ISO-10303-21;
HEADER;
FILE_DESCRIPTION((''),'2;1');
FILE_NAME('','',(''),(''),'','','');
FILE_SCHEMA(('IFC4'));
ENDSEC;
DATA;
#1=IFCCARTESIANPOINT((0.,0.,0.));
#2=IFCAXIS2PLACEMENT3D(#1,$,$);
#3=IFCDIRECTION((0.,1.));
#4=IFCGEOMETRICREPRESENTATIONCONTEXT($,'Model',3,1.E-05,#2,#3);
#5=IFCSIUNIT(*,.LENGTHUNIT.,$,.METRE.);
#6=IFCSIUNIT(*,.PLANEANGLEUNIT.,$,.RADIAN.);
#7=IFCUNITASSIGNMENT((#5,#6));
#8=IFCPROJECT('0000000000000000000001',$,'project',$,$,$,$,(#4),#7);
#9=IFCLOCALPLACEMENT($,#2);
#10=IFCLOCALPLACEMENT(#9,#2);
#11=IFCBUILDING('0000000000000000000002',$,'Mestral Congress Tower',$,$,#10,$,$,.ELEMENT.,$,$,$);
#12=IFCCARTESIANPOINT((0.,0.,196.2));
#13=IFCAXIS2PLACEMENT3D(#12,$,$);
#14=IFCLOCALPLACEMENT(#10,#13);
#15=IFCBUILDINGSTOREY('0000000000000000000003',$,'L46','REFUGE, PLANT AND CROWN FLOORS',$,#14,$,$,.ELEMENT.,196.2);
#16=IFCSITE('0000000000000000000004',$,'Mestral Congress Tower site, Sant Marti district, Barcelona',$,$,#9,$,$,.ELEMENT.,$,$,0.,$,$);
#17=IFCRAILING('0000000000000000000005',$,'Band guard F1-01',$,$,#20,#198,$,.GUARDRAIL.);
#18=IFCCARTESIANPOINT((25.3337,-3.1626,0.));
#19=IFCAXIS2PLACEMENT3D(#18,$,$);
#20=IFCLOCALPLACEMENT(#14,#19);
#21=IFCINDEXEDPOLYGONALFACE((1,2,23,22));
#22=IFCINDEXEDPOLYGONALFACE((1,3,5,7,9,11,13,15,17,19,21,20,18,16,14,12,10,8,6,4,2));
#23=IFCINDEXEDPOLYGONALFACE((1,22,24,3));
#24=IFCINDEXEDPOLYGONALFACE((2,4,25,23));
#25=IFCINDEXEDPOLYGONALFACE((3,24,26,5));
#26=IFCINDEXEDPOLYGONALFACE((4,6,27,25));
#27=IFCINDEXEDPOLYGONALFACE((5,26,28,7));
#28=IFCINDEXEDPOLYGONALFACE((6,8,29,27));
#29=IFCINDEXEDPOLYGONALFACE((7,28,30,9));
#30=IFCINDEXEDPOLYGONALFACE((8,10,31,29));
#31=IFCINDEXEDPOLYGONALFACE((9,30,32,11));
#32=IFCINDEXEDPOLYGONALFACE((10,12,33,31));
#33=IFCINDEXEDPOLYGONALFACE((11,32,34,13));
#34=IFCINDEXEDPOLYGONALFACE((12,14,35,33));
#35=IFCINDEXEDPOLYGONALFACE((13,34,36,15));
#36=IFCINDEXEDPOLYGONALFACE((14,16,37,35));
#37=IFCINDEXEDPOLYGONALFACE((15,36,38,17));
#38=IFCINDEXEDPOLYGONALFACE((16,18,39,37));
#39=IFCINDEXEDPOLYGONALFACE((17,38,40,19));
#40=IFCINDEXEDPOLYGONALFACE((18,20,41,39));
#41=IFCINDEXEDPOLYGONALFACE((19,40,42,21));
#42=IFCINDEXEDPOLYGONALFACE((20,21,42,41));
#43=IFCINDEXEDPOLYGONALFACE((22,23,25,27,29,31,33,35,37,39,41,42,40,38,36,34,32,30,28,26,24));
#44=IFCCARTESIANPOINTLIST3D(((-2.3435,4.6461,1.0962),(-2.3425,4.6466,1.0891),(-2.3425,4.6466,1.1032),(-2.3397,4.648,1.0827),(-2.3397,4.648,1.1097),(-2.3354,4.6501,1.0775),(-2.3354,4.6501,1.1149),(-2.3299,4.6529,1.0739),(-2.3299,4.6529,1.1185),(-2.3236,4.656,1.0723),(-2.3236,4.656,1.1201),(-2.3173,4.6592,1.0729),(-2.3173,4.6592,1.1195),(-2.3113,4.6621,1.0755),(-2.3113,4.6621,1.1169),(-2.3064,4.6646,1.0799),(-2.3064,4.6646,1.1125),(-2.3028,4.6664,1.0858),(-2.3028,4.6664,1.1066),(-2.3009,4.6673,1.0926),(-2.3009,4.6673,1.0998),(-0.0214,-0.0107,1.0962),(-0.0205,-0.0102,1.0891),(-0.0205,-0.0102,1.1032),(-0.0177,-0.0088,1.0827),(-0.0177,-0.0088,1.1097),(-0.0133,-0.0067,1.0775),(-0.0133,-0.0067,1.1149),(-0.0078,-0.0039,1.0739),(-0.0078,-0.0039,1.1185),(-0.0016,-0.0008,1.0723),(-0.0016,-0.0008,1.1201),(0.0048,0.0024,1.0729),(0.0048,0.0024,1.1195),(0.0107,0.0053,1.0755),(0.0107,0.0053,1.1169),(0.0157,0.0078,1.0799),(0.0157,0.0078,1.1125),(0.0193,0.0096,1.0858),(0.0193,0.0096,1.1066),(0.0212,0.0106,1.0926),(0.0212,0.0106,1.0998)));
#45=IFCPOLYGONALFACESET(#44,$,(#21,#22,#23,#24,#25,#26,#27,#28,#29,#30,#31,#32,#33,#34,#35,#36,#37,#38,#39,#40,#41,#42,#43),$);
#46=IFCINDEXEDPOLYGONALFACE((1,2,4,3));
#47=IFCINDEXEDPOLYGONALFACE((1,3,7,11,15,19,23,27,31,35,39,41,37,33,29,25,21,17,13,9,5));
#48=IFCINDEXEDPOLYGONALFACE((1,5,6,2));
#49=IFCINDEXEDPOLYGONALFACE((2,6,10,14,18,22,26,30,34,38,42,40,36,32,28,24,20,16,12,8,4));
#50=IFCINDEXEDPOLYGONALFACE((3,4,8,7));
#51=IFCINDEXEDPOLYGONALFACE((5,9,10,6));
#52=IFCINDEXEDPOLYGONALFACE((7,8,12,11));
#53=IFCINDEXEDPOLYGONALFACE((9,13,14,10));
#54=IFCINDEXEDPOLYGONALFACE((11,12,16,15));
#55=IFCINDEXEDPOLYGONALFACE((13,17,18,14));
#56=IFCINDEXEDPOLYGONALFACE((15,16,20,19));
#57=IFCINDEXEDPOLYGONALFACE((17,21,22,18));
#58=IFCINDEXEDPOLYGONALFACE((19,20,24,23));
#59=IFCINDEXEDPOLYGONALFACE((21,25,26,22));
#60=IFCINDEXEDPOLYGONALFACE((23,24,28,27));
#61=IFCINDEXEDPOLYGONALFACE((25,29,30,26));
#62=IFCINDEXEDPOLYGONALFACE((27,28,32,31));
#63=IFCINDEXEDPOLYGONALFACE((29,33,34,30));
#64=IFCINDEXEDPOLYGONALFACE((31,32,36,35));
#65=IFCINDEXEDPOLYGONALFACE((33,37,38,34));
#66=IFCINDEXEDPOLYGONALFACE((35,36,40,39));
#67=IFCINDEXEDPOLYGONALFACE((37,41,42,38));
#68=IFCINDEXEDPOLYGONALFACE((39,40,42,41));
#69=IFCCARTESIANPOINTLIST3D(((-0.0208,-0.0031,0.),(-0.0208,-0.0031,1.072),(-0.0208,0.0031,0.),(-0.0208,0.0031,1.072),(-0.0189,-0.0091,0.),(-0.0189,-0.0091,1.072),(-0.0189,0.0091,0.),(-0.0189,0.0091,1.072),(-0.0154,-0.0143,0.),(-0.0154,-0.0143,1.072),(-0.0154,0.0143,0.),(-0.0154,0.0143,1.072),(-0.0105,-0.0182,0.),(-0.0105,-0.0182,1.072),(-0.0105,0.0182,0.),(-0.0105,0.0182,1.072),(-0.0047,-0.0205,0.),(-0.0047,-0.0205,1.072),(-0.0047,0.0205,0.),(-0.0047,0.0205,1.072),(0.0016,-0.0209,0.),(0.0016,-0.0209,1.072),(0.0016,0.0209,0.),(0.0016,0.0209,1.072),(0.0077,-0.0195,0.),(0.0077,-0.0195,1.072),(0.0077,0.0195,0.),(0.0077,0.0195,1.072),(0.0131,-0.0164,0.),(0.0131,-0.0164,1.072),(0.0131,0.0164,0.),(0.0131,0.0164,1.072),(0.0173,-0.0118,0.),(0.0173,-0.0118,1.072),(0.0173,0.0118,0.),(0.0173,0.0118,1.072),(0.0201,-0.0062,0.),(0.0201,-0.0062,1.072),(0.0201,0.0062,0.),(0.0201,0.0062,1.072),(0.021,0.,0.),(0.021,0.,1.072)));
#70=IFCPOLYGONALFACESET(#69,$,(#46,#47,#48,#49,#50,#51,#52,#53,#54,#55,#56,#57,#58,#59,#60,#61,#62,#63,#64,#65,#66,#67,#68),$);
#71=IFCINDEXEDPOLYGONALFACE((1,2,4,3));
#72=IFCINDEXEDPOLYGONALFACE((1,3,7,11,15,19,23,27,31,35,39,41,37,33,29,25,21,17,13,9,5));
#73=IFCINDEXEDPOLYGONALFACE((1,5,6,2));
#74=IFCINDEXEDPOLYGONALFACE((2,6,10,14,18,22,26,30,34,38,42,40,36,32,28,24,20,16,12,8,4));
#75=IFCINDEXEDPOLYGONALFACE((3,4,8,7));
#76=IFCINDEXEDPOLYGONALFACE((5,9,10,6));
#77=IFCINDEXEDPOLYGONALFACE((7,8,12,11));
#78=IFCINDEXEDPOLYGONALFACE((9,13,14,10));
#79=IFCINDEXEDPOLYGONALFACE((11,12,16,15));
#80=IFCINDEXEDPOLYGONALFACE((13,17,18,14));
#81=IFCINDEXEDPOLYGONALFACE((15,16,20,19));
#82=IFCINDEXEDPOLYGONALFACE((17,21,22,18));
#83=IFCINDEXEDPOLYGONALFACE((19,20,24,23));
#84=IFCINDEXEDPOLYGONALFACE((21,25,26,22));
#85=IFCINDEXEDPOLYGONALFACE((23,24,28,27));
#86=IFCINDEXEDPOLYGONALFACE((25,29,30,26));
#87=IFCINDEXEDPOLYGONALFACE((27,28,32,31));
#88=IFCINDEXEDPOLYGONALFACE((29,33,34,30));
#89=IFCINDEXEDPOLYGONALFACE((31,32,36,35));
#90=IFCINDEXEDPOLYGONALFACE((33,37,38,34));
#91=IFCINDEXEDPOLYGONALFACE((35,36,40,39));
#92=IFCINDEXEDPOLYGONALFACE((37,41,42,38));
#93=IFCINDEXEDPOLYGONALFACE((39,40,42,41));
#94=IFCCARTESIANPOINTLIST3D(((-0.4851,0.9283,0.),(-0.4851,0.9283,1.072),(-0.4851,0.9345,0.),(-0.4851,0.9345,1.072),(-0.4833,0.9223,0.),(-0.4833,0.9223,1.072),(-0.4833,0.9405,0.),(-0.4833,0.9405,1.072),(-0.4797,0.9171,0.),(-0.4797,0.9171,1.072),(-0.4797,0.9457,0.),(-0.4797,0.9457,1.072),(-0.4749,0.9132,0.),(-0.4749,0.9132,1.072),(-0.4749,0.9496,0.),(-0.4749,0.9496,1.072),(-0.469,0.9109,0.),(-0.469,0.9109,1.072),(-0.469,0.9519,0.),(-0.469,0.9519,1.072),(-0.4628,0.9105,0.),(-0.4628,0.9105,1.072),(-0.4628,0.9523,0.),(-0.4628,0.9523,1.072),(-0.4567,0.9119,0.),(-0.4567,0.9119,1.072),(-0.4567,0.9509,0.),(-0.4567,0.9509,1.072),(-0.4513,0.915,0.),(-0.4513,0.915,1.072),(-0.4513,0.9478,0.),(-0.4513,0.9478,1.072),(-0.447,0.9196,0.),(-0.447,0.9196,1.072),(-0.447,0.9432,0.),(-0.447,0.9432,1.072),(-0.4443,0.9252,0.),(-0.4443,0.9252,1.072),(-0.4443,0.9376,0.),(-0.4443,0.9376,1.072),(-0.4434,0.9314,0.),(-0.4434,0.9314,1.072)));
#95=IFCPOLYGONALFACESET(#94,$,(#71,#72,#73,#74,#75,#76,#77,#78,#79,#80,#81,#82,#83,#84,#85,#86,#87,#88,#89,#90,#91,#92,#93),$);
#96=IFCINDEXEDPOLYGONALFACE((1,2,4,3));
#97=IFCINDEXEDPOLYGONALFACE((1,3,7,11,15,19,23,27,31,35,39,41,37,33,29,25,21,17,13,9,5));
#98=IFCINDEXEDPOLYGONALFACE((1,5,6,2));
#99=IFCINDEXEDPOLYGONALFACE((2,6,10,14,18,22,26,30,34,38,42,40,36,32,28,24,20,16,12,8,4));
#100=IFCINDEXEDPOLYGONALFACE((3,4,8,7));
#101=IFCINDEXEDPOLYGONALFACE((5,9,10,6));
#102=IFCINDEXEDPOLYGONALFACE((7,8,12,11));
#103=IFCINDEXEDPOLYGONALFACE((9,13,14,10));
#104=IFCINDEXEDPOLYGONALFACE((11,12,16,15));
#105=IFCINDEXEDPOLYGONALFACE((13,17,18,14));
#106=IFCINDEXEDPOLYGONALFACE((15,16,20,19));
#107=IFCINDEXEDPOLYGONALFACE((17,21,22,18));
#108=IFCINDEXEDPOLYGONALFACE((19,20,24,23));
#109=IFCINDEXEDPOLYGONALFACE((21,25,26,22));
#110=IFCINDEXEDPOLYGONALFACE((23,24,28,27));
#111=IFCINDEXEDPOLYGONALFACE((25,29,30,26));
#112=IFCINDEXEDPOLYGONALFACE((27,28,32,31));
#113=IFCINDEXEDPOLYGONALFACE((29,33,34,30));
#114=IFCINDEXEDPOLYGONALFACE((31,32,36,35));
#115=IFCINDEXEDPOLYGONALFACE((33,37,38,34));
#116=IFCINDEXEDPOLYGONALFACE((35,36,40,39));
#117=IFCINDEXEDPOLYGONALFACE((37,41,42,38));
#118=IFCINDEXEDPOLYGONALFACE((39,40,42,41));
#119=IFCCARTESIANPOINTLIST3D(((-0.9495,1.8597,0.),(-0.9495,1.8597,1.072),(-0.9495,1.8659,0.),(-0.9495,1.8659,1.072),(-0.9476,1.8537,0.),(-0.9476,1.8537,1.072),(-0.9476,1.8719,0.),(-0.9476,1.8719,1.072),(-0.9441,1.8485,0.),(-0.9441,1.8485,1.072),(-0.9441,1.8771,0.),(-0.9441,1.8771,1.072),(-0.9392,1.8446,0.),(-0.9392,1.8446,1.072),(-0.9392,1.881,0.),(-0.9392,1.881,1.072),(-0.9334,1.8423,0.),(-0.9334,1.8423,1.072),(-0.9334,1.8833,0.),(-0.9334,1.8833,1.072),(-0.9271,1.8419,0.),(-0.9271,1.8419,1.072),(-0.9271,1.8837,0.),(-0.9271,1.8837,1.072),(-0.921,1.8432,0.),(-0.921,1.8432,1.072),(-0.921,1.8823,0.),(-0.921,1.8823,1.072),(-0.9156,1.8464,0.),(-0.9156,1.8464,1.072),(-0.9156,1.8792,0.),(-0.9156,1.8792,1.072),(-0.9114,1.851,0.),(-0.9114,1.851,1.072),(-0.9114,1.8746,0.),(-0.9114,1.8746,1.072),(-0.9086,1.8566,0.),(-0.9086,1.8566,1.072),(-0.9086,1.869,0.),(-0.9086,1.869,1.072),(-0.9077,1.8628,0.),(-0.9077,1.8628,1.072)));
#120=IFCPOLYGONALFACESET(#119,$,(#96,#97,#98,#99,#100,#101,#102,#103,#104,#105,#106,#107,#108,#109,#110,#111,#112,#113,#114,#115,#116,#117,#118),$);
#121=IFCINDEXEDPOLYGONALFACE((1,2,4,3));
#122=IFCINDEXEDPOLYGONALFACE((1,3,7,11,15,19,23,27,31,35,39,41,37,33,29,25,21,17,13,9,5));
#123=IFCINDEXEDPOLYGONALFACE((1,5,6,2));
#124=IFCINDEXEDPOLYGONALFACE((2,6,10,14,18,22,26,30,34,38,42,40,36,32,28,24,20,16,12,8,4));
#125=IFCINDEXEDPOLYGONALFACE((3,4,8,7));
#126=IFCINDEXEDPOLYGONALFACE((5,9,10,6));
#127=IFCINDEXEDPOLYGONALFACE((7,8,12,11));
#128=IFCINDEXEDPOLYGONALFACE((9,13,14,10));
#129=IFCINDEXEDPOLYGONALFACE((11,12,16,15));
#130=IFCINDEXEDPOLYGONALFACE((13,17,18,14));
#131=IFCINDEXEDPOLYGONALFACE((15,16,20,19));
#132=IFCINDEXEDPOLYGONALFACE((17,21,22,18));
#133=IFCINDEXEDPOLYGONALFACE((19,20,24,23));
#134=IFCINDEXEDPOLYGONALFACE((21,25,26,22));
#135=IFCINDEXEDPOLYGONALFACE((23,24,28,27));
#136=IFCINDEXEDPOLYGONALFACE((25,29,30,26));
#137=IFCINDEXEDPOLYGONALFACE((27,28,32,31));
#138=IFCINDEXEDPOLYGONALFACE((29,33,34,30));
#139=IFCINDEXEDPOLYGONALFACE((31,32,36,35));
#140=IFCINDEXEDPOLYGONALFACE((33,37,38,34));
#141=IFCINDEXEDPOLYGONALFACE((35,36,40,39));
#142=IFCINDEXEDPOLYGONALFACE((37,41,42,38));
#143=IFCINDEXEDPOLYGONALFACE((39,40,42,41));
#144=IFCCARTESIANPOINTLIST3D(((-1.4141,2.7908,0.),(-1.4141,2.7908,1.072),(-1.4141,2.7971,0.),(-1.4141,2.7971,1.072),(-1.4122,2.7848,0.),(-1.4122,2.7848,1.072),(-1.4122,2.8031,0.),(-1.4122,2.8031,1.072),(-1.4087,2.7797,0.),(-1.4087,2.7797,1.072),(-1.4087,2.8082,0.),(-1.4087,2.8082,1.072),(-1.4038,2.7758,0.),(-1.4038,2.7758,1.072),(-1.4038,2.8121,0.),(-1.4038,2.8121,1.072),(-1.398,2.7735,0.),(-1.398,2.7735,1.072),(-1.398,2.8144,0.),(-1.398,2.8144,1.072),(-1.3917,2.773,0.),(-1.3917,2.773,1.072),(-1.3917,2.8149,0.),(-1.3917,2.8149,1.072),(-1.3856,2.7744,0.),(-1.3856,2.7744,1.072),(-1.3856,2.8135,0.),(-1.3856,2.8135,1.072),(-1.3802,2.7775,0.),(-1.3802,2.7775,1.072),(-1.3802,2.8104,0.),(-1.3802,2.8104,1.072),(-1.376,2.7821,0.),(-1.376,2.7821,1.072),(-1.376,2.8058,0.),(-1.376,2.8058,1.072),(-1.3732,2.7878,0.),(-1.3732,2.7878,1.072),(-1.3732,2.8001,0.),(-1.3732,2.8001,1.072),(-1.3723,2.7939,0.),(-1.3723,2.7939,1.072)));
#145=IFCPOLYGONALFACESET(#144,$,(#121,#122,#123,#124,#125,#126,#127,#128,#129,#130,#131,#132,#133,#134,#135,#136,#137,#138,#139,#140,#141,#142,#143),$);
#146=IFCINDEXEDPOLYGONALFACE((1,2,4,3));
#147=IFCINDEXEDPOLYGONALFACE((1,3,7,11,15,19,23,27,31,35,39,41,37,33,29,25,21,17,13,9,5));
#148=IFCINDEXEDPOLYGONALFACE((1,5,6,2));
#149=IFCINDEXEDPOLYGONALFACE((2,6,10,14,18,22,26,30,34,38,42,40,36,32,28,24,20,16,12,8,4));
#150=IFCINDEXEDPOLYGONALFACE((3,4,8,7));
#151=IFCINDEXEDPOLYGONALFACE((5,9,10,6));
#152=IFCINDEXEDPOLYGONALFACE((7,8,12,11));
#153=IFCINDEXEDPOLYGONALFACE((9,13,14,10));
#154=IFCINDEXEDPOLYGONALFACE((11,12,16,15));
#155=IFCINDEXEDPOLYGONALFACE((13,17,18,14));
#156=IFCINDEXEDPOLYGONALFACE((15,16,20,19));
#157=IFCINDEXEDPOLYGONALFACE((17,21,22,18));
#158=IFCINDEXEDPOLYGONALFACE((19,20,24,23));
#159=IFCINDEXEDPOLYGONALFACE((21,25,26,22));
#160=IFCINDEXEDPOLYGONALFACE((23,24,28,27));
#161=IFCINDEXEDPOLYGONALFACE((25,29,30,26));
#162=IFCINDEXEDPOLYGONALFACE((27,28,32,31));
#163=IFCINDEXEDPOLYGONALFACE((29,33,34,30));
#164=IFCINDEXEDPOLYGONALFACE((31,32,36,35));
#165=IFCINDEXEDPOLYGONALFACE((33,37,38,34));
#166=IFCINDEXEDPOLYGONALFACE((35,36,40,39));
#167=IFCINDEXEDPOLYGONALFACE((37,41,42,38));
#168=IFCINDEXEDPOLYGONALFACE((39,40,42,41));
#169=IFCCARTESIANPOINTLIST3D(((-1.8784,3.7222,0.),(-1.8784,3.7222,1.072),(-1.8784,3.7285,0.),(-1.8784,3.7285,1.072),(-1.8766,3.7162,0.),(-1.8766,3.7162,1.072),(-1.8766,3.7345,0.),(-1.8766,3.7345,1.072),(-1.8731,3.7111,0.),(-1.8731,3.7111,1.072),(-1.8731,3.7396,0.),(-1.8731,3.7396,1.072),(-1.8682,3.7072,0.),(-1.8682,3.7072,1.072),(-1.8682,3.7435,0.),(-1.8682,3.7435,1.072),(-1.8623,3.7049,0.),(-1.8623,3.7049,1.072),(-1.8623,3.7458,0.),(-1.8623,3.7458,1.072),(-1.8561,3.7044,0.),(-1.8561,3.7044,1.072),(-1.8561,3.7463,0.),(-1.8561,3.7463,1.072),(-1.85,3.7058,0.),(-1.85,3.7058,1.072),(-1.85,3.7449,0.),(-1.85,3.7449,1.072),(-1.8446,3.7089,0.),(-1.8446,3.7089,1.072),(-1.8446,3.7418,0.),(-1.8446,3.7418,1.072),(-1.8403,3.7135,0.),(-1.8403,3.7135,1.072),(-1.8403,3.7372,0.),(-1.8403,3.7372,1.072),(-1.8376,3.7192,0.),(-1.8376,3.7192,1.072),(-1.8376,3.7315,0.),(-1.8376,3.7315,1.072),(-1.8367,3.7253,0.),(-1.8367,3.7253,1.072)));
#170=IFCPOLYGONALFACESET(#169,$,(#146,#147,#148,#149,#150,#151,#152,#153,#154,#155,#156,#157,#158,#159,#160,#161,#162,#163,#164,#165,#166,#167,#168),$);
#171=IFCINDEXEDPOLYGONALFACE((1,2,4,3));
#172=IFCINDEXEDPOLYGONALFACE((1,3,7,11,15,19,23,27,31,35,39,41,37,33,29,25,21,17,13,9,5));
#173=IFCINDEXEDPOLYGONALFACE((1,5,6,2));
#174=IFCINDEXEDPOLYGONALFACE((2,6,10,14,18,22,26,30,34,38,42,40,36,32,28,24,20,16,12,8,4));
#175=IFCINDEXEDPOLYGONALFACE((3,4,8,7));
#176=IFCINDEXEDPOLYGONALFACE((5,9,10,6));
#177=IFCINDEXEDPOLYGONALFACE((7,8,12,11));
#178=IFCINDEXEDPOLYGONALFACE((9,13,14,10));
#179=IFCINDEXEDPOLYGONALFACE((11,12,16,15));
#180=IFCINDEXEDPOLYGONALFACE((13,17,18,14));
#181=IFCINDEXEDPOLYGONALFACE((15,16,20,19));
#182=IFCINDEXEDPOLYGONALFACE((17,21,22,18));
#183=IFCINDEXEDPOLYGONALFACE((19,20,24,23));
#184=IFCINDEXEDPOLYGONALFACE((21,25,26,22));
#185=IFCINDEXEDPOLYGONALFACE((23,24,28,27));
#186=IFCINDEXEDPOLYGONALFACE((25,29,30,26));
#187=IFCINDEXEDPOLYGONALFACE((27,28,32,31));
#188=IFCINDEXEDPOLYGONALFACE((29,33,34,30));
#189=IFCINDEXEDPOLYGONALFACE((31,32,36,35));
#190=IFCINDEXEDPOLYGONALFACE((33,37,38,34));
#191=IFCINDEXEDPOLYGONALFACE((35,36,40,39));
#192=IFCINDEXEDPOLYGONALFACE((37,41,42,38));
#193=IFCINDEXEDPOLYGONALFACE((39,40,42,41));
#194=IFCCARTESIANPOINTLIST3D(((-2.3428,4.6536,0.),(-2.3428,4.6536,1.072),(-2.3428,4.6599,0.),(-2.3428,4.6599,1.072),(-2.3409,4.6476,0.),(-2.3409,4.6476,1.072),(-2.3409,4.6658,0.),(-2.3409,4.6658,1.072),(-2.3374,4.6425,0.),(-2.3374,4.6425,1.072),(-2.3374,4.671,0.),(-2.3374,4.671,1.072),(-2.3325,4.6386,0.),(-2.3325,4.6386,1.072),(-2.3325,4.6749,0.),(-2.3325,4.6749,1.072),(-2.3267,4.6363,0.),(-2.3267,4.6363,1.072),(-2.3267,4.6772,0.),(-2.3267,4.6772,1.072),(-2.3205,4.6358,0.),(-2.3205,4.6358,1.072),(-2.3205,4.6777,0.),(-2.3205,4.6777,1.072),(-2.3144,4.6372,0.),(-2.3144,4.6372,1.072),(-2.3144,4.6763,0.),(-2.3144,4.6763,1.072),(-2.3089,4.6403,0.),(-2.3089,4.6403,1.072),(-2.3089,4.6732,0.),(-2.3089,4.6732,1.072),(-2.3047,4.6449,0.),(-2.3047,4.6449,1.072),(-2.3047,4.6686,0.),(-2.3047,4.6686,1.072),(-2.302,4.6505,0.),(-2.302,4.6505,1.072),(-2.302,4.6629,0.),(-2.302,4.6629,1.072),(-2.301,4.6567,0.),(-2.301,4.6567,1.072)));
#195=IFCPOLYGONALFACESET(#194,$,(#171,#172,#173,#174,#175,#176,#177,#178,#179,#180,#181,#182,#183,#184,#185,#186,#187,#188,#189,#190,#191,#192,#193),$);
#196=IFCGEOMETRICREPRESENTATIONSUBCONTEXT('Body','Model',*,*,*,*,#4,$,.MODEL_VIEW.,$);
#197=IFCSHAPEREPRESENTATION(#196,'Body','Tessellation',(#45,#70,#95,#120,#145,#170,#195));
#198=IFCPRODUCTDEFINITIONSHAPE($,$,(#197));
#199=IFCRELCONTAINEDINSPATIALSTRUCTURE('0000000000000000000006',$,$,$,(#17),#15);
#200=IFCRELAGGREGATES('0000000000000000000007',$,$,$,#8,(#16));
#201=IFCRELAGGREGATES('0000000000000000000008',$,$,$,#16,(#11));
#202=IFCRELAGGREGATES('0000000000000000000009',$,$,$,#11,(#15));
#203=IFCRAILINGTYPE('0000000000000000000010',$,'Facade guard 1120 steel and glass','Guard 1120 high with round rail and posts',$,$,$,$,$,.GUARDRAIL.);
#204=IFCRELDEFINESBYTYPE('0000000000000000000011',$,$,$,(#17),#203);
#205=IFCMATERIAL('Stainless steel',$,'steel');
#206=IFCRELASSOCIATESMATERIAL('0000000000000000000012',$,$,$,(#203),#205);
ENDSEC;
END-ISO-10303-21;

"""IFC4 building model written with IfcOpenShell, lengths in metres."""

from ifc_helpers import new_model, si_unit, direction, frame, origin, origin_2d, place, context, subcontext, project, spatial, circle, extrude, material, type_object, element, save


model = new_model("IFC4")

# Units and contexts
model_context = context("Model", 3, precision=1e-05, world=origin(), true_north=direction((0.0, 1.0)))
body_context = subcontext(model_context, "Body", "Model", "MODEL_VIEW")
ifc_project = project(units=[si_unit("LENGTHUNIT", "METRE"), si_unit("PLANEANGLEUNIT", "RADIAN")], contexts=[model_context])

# Site, building, storey
site_placement = place(None, origin())
site = spatial("IfcSite", under=ifc_project, at=site_placement, Name="Mestral Congress Tower site, Sant Marti district, Barcelona", CompositionType="ELEMENT", RefElevation=0.0)
building_placement = place(site_placement, origin())
building = spatial("IfcBuilding", under=site, at=building_placement, Name="Mestral Congress Tower", CompositionType="ELEMENT")
storey_placement = place(building_placement, frame((0.0, 0.0, 196.2)))
storey = spatial("IfcBuildingStorey", under=building, at=storey_placement, Name="L46", Description="REFUGE, PLANT AND CROWN FLOORS", CompositionType="ELEMENT", Elevation=196.2)

# Railing
ifc_material_1 = material(Name="Stainless steel", Category="steel")
railing_type = type_object("IfcRailingType", Name="Facade guard 1120 steel and glass", Description="Guard 1120 high with round rail and posts", PredefinedType="GUARDRAIL", material=ifc_material_1)
railing_1_placement = place(storey_placement, frame((25.3337, -3.1626, 0.0)))
element("IfcRailing", 1, at=railing_1_placement, inside=storey, type_object=railing_type, Name="Band guard F1-01", PredefinedType="GUARDRAIL", context=body_context, shape_type="SweptSolid", body=[
    extrude(circle(Radius=0.0239, at=origin_2d()), frame((0.0, 0.0, 1.0962), z_axis=(-0.446237, 0.894915, 0.0), x_axis=(-0.894915, -0.446237, 0.0)), (0.0, 0.0, 1.0), 5.2036),
    extrude(circle(Radius=0.021, at=origin_2d()), origin(), (0.0, 0.0, 1.0), 1.072),
    extrude(circle(Radius=0.021, at=origin_2d()), frame((-0.4644, 0.9314, 0.0)), (0.0, 0.0, 1.0), 1.072),
    extrude(circle(Radius=0.021, at=origin_2d()), frame((-0.9287, 1.8628, 0.0)), (0.0, 0.0, 1.0), 1.072),
    extrude(circle(Radius=0.021, at=origin_2d()), frame((-1.3933, 2.7939, 0.0)), (0.0, 0.0, 1.0), 1.072),
    extrude(circle(Radius=0.021, at=origin_2d()), frame((-1.8577, 3.7253, 0.0)), (0.0, 0.0, 1.0), 1.072),
    extrude(circle(Radius=0.021, at=origin_2d()), frame((-2.322, 4.6567, 0.0)), (0.0, 0.0, 1.0), 1.072),
])

save(model, "model.ifc")
